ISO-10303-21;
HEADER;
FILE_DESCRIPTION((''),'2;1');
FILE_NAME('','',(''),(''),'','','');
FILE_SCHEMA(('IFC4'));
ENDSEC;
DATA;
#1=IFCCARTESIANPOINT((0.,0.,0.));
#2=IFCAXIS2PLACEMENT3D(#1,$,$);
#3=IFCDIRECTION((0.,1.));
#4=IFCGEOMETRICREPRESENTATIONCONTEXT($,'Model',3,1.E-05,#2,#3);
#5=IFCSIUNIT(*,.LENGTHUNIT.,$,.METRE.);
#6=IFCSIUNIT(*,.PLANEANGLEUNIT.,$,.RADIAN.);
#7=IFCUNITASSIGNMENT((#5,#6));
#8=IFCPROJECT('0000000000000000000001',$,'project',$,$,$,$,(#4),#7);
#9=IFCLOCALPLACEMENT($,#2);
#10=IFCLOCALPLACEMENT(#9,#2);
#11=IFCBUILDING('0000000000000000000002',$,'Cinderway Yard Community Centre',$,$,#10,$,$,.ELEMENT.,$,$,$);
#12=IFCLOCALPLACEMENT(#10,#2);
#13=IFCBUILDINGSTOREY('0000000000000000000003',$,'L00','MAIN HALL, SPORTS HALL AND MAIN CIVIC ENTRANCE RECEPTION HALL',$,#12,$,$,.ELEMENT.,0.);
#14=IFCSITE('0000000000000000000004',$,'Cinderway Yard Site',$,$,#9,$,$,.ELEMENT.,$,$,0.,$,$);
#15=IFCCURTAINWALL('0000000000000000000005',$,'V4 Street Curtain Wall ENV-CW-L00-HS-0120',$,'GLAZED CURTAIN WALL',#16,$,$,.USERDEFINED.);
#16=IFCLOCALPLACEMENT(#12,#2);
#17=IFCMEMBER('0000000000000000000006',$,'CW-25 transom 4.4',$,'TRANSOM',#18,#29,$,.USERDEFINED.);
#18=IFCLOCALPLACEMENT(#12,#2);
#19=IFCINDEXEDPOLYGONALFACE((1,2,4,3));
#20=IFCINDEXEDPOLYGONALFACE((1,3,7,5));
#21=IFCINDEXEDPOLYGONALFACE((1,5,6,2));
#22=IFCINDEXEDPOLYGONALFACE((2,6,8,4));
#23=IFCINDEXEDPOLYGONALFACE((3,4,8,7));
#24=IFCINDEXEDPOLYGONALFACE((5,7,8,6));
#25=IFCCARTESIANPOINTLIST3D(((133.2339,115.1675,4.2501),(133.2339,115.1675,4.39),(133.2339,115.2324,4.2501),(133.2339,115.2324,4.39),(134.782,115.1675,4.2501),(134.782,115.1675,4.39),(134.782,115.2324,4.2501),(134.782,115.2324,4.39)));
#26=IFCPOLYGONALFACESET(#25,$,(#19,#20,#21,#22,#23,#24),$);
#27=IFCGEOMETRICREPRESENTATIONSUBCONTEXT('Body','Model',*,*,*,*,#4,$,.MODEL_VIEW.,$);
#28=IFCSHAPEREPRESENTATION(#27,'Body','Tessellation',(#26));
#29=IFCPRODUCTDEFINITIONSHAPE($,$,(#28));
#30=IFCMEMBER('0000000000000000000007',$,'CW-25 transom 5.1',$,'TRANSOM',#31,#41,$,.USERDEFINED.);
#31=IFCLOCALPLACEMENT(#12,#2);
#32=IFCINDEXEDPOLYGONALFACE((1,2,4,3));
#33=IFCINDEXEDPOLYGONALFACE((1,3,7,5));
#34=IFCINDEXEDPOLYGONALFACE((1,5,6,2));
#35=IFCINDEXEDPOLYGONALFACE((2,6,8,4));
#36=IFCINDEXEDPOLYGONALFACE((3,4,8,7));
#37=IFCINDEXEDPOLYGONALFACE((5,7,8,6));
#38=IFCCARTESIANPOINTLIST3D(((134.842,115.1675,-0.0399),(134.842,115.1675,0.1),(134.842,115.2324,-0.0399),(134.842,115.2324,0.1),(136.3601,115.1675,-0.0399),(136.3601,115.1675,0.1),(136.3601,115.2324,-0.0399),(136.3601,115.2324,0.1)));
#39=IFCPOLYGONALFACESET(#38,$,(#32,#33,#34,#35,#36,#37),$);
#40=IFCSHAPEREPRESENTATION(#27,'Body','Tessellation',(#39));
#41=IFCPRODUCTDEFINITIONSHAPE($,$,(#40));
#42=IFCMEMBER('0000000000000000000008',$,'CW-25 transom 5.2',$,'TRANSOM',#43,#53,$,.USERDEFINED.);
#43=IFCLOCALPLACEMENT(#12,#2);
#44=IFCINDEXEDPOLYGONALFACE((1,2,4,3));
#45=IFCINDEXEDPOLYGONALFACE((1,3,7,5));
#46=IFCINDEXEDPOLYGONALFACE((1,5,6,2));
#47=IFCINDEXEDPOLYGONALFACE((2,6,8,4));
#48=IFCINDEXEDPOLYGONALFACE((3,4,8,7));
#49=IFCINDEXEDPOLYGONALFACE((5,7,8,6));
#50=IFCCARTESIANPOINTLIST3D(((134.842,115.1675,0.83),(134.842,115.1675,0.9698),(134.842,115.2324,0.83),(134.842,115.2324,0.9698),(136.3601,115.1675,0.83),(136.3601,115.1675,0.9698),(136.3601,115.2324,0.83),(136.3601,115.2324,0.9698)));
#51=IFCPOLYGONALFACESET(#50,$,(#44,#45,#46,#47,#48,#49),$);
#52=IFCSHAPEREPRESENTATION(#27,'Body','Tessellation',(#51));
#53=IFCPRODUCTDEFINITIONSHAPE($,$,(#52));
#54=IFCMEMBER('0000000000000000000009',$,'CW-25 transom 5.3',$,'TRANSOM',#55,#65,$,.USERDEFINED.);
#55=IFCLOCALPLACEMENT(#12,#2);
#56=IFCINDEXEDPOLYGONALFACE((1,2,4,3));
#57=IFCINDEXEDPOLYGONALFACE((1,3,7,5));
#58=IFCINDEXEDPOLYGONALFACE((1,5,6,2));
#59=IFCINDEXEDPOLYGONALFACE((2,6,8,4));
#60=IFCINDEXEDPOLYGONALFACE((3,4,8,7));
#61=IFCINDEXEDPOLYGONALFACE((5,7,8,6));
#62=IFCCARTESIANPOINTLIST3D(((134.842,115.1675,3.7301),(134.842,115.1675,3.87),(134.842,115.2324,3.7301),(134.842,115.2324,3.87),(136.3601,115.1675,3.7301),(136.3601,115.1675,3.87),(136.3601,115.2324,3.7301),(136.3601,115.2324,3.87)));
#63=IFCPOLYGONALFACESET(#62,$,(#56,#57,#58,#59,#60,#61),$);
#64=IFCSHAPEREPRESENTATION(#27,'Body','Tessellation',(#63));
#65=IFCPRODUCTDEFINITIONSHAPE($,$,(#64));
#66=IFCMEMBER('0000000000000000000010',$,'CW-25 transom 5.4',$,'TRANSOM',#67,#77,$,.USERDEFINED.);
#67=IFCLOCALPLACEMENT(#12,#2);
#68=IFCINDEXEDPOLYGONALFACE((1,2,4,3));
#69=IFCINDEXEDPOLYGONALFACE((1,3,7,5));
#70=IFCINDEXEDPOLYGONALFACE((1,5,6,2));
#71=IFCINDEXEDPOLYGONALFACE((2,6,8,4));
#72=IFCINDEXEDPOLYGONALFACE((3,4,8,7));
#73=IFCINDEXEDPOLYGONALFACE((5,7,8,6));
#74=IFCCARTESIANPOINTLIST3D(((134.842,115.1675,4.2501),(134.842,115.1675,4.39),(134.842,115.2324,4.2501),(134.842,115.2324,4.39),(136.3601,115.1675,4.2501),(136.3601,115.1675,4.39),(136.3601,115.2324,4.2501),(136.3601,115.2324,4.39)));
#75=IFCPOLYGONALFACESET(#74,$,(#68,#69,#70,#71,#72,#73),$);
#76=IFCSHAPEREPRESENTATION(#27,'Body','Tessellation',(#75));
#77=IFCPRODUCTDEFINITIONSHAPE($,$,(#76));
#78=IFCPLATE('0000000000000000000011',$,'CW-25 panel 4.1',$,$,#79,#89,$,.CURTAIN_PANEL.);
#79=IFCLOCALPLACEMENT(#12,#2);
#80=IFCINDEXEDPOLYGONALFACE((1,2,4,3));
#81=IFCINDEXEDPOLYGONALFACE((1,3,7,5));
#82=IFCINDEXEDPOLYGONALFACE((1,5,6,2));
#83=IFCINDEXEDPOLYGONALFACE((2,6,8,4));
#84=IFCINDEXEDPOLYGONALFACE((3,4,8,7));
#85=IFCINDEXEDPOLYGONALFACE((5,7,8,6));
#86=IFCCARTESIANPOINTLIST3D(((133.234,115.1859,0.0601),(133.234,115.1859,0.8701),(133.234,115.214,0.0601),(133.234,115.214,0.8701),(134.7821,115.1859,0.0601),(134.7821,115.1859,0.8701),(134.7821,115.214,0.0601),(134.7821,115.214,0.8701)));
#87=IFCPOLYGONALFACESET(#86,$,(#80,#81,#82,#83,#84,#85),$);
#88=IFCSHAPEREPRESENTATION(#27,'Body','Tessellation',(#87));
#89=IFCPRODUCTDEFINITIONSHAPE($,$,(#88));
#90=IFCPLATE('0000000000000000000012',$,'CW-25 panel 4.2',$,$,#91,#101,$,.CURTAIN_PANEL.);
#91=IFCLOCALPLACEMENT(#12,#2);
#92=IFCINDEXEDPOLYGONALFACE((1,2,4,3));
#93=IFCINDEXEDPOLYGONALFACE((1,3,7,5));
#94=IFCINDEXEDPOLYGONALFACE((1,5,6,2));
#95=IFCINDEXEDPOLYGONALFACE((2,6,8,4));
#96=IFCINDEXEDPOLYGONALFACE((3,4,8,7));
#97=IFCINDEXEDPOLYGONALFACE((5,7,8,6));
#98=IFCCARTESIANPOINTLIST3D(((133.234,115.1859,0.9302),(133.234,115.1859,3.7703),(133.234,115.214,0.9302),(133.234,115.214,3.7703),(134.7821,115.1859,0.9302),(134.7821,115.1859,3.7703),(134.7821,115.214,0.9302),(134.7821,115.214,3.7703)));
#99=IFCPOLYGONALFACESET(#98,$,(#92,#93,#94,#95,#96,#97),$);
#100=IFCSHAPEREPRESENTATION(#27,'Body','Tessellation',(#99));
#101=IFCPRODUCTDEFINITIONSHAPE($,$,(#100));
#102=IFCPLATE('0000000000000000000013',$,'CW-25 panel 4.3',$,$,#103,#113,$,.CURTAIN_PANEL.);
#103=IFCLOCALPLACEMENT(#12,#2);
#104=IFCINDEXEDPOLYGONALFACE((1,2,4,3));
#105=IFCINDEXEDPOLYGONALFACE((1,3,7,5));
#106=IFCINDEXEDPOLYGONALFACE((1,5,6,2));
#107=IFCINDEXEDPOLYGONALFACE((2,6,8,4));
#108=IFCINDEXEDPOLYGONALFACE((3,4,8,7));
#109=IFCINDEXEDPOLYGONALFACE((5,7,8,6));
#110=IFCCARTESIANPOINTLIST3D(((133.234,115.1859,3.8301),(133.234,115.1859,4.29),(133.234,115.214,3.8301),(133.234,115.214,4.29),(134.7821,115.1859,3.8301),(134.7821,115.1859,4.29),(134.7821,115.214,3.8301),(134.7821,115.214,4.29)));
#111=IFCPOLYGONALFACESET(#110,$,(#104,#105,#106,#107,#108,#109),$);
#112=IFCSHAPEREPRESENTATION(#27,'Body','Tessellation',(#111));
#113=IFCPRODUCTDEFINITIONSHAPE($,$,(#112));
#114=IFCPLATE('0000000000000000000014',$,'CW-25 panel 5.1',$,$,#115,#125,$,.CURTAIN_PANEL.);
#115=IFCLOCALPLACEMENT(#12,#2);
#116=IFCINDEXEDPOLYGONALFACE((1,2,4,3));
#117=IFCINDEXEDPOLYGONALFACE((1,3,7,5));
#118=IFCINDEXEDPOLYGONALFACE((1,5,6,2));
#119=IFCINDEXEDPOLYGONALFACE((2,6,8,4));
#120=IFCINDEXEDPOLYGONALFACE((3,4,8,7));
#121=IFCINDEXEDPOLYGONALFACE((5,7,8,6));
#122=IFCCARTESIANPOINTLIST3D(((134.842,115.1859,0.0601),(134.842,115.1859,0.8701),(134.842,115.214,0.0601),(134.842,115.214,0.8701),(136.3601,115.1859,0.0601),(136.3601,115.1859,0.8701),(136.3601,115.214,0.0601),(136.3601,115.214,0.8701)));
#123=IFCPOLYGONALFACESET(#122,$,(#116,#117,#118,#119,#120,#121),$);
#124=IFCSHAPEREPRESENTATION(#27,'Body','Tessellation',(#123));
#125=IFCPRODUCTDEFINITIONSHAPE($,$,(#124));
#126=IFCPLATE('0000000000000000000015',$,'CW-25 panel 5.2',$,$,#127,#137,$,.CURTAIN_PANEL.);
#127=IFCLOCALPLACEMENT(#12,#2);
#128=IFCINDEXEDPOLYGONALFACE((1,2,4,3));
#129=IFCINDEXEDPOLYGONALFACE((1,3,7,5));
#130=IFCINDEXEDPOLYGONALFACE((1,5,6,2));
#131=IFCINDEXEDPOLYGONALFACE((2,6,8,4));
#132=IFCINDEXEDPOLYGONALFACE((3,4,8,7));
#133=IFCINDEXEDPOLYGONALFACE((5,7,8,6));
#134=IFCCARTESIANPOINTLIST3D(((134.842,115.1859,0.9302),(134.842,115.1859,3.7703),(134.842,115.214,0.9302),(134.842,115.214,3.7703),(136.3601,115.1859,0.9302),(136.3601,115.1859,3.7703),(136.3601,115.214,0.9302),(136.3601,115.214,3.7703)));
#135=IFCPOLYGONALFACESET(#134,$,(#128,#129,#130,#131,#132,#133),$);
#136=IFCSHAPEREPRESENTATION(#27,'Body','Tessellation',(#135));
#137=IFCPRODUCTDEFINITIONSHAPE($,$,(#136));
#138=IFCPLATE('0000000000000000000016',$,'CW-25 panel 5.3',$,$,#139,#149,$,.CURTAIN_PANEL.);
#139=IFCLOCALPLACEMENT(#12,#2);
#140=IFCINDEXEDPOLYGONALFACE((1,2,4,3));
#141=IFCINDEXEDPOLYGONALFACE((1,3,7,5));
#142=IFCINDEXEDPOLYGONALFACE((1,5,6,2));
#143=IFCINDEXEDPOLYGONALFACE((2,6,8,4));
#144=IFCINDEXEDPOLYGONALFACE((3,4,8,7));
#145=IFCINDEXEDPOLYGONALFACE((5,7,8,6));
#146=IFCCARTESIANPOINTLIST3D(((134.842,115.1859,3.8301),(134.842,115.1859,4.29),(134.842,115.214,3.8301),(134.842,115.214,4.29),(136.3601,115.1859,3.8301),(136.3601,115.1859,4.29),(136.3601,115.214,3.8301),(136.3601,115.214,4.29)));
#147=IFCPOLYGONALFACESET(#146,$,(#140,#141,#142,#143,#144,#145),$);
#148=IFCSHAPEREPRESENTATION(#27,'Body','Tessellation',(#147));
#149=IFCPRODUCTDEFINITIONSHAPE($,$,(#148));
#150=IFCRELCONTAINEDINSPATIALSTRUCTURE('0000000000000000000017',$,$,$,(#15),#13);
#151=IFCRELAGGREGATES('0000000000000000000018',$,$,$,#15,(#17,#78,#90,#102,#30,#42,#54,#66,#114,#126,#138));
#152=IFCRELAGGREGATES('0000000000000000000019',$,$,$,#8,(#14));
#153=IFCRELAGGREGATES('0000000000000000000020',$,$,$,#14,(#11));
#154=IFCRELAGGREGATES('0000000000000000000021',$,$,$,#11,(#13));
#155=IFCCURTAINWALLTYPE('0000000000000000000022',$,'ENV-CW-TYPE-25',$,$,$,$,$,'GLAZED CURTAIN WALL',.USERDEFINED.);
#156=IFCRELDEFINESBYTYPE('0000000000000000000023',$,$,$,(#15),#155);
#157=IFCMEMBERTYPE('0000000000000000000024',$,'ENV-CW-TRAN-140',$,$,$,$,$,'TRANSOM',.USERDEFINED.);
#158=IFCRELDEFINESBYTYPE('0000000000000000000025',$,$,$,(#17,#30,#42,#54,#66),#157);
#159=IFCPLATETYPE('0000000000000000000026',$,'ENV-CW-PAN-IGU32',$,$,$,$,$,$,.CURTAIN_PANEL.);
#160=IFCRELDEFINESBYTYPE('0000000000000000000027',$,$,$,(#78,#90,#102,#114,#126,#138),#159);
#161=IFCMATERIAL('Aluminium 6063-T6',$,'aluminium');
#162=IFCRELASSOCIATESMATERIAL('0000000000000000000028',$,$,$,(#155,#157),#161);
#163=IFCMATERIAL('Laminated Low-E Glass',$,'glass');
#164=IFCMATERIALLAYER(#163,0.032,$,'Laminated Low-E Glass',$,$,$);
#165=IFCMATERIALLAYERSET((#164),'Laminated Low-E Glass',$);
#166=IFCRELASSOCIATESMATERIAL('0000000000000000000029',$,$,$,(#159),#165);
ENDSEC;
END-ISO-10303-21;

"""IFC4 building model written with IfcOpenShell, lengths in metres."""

from ifc_helpers import new_model, si_unit, direction, frame, origin, origin_2d, place, context, subcontext, project, spatial, rectangle, extrude, material, layer, layer_set, material_profile, profile_set, type_object, element, aggregate, save


model = new_model("IFC4")

# Units and contexts
model_context = context("Model", 3, precision=1e-05, world=origin(), true_north=direction((0.0, 1.0)))
body_context = subcontext(model_context, "Body", "Model", "MODEL_VIEW")
ifc_project = project(units=[si_unit("LENGTHUNIT", "METRE"), si_unit("PLANEANGLEUNIT", "RADIAN")], contexts=[model_context])

# Site, building, storey
site_placement = place(None, origin())
site = spatial("IfcSite", under=ifc_project, at=site_placement, Name="Cinderway Yard Site", CompositionType="ELEMENT", RefElevation=0.0)
building_placement = place(site_placement, origin())
building = spatial("IfcBuilding", under=site, at=building_placement, Name="Cinderway Yard Community Centre", CompositionType="ELEMENT")
storey_placement = place(building_placement, origin())
storey = spatial("IfcBuildingStorey", under=building, at=storey_placement, Name="L00", Description="MAIN HALL, SPORTS HALL AND MAIN CIVIC ENTRANCE RECEPTION HALL", CompositionType="ELEMENT", Elevation=0.0)

# Curtain wall, members, plates
ifc_material_1 = material(Name="Aluminium 6063-T6", Category="aluminium")
curtain_wall_type = type_object("IfcCurtainWallType", Name="ENV-CW-TYPE-25", ElementType="GLAZED CURTAIN WALL", PredefinedType="USERDEFINED", material=ifc_material_1)
curtain_wall_placement = place(storey_placement, origin())
curtain_wall = element("IfcCurtainWall", 1, at=curtain_wall_placement, inside=storey, type_object=curtain_wall_type, Name="V4 Street Curtain Wall ENV-CW-L00-HS-0120", ObjectType="GLAZED CURTAIN WALL", PredefinedType="USERDEFINED")
ifc_material_profile_1 = material_profile(ifc_material_1, rectangle(XDim=0.0649, YDim=0.1399, at=origin_2d()), Name="Aluminium 6063-T6")
ifc_profile_set_1 = profile_set([ifc_material_profile_1], Name="Aluminium 6063-T6")
member_type_1 = type_object("IfcMemberType", Name="ENV-CW-TRAN-140", ElementType="TRANSOM", PredefinedType="USERDEFINED", material=ifc_profile_set_1)
member_1_placement = place(storey_placement, frame((133.2339, 115.2, 4.3201), z_axis=(1.0, 0.0, 0.0), x_axis=(0.0, 1.0, 0.0)))
member_1 = element("IfcMember", 2, at=member_1_placement, type_object=member_type_1, Name="CW-25 transom 4.4", ObjectType="TRANSOM", PredefinedType="USERDEFINED", context=body_context, shape_type="SweptSolid", body=[
    extrude(rectangle(XDim=0.0649, YDim=0.1399, at=origin_2d()), origin(), (0.0, 0.0, 1.0), 1.5481),
])
member_2_placement = place(storey_placement, frame((134.842, 115.2, 0.03), z_axis=(1.0, 0.0, 0.0), x_axis=(0.0, 1.0, 0.0)))
member_2 = element("IfcMember", 3, at=member_2_placement, type_object=member_type_1, Name="CW-25 transom 5.1", ObjectType="TRANSOM", PredefinedType="USERDEFINED", context=body_context, shape_type="SweptSolid", body=[
    extrude(rectangle(XDim=0.0649, YDim=0.1399, at=origin_2d()), origin(), (0.0, 0.0, 1.0), 1.5181),
])
member_3_placement = place(storey_placement, frame((134.842, 115.2, 0.8999), z_axis=(1.0, 0.0, 0.0), x_axis=(0.0, 1.0, 0.0)))
member_3 = element("IfcMember", 4, at=member_3_placement, type_object=member_type_1, Name="CW-25 transom 5.2", ObjectType="TRANSOM", PredefinedType="USERDEFINED", context=body_context, shape_type="SweptSolid", body=[
    extrude(rectangle(XDim=0.0649, YDim=0.1399, at=origin_2d()), origin(), (0.0, 0.0, 1.0), 1.5181),
])
member_4_placement = place(storey_placement, frame((134.842, 115.2, 3.8), z_axis=(1.0, 0.0, 0.0), x_axis=(0.0, 1.0, 0.0)))
member_4 = element("IfcMember", 5, at=member_4_placement, type_object=member_type_1, Name="CW-25 transom 5.3", ObjectType="TRANSOM", PredefinedType="USERDEFINED", context=body_context, shape_type="SweptSolid", body=[
    extrude(rectangle(XDim=0.0649, YDim=0.1399, at=origin_2d()), origin(), (0.0, 0.0, 1.0), 1.5181),
])
member_5_placement = place(storey_placement, frame((134.842, 115.2, 4.3201), z_axis=(1.0, 0.0, 0.0), x_axis=(0.0, 1.0, 0.0)))
member_5 = element("IfcMember", 6, at=member_5_placement, type_object=member_type_1, Name="CW-25 transom 5.4", ObjectType="TRANSOM", PredefinedType="USERDEFINED", context=body_context, shape_type="SweptSolid", body=[
    extrude(rectangle(XDim=0.0649, YDim=0.1399, at=origin_2d()), origin(), (0.0, 0.0, 1.0), 1.5181),
])
ifc_material_2 = material(Name="Laminated Low-E Glass", Category="glass")
ifc_layer_1 = layer(ifc_material_2, 0.032, Name="Laminated Low-E Glass")
ifc_layer_set_1 = layer_set([ifc_layer_1], Name="Laminated Low-E Glass")
plate_type = type_object("IfcPlateType", Name="ENV-CW-PAN-IGU32", PredefinedType="CURTAIN_PANEL", material=ifc_layer_set_1)
plate_1_placement = place(storey_placement, frame((134.0081, 115.2, 0.0601), z_axis=(0.0, 0.0, 1.0), x_axis=(1.0, 0.0, 0.0)))
plate_1 = element("IfcPlate", 7, at=plate_1_placement, type_object=plate_type, Name="CW-25 panel 4.1", PredefinedType="CURTAIN_PANEL", context=body_context, shape_type="SweptSolid", body=[
    extrude(rectangle(XDim=1.5481, YDim=0.0281, at=origin_2d()), origin(), (0.0, 0.0, 1.0), 0.8101),
])
plate_2_placement = place(storey_placement, frame((134.0081, 115.2, 0.9302), z_axis=(0.0, 0.0, 1.0), x_axis=(1.0, 0.0, 0.0)))
plate_2 = element("IfcPlate", 8, at=plate_2_placement, type_object=plate_type, Name="CW-25 panel 4.2", PredefinedType="CURTAIN_PANEL", context=body_context, shape_type="SweptSolid", body=[
    extrude(rectangle(XDim=1.5481, YDim=0.0281, at=origin_2d()), origin(), (0.0, 0.0, 1.0), 2.8401),
])
plate_3_placement = place(storey_placement, frame((134.0081, 115.2, 3.8301), z_axis=(0.0, 0.0, 1.0), x_axis=(1.0, 0.0, 0.0)))
plate_3 = element("IfcPlate", 9, at=plate_3_placement, type_object=plate_type, Name="CW-25 panel 4.3", PredefinedType="CURTAIN_PANEL", context=body_context, shape_type="SweptSolid", body=[
    extrude(rectangle(XDim=1.5481, YDim=0.0281, at=origin_2d()), origin(), (0.0, 0.0, 1.0), 0.46),
])
plate_4_placement = place(storey_placement, frame((135.6011, 115.2, 0.0601), z_axis=(0.0, 0.0, 1.0), x_axis=(1.0, 0.0, 0.0)))
plate_4 = element("IfcPlate", 10, at=plate_4_placement, type_object=plate_type, Name="CW-25 panel 5.1", PredefinedType="CURTAIN_PANEL", context=body_context, shape_type="SweptSolid", body=[
    extrude(rectangle(XDim=1.5181, YDim=0.0281, at=origin_2d()), origin(), (0.0, 0.0, 1.0), 0.8101),
])
plate_5_placement = place(storey_placement, frame((135.6011, 115.2, 0.9302), z_axis=(0.0, 0.0, 1.0), x_axis=(1.0, 0.0, 0.0)))
plate_5 = element("IfcPlate", 11, at=plate_5_placement, type_object=plate_type, Name="CW-25 panel 5.2", PredefinedType="CURTAIN_PANEL", context=body_context, shape_type="SweptSolid", body=[
    extrude(rectangle(XDim=1.5181, YDim=0.0281, at=origin_2d()), origin(), (0.0, 0.0, 1.0), 2.8401),
])
plate_6_placement = place(storey_placement, frame((135.6011, 115.2, 3.8301), z_axis=(0.0, 0.0, 1.0), x_axis=(1.0, 0.0, 0.0)))
plate_6 = element("IfcPlate", 12, at=plate_6_placement, type_object=plate_type, Name="CW-25 panel 5.3", PredefinedType="CURTAIN_PANEL", context=body_context, shape_type="SweptSolid", body=[
    extrude(rectangle(XDim=1.5181, YDim=0.0281, at=origin_2d()), origin(), (0.0, 0.0, 1.0), 0.46),
])
aggregate(curtain_wall, [member_1, plate_1, plate_2, plate_3, member_2, member_3, member_4, member_5, plate_4, plate_5, plate_6])

save(model, "model.ifc")
